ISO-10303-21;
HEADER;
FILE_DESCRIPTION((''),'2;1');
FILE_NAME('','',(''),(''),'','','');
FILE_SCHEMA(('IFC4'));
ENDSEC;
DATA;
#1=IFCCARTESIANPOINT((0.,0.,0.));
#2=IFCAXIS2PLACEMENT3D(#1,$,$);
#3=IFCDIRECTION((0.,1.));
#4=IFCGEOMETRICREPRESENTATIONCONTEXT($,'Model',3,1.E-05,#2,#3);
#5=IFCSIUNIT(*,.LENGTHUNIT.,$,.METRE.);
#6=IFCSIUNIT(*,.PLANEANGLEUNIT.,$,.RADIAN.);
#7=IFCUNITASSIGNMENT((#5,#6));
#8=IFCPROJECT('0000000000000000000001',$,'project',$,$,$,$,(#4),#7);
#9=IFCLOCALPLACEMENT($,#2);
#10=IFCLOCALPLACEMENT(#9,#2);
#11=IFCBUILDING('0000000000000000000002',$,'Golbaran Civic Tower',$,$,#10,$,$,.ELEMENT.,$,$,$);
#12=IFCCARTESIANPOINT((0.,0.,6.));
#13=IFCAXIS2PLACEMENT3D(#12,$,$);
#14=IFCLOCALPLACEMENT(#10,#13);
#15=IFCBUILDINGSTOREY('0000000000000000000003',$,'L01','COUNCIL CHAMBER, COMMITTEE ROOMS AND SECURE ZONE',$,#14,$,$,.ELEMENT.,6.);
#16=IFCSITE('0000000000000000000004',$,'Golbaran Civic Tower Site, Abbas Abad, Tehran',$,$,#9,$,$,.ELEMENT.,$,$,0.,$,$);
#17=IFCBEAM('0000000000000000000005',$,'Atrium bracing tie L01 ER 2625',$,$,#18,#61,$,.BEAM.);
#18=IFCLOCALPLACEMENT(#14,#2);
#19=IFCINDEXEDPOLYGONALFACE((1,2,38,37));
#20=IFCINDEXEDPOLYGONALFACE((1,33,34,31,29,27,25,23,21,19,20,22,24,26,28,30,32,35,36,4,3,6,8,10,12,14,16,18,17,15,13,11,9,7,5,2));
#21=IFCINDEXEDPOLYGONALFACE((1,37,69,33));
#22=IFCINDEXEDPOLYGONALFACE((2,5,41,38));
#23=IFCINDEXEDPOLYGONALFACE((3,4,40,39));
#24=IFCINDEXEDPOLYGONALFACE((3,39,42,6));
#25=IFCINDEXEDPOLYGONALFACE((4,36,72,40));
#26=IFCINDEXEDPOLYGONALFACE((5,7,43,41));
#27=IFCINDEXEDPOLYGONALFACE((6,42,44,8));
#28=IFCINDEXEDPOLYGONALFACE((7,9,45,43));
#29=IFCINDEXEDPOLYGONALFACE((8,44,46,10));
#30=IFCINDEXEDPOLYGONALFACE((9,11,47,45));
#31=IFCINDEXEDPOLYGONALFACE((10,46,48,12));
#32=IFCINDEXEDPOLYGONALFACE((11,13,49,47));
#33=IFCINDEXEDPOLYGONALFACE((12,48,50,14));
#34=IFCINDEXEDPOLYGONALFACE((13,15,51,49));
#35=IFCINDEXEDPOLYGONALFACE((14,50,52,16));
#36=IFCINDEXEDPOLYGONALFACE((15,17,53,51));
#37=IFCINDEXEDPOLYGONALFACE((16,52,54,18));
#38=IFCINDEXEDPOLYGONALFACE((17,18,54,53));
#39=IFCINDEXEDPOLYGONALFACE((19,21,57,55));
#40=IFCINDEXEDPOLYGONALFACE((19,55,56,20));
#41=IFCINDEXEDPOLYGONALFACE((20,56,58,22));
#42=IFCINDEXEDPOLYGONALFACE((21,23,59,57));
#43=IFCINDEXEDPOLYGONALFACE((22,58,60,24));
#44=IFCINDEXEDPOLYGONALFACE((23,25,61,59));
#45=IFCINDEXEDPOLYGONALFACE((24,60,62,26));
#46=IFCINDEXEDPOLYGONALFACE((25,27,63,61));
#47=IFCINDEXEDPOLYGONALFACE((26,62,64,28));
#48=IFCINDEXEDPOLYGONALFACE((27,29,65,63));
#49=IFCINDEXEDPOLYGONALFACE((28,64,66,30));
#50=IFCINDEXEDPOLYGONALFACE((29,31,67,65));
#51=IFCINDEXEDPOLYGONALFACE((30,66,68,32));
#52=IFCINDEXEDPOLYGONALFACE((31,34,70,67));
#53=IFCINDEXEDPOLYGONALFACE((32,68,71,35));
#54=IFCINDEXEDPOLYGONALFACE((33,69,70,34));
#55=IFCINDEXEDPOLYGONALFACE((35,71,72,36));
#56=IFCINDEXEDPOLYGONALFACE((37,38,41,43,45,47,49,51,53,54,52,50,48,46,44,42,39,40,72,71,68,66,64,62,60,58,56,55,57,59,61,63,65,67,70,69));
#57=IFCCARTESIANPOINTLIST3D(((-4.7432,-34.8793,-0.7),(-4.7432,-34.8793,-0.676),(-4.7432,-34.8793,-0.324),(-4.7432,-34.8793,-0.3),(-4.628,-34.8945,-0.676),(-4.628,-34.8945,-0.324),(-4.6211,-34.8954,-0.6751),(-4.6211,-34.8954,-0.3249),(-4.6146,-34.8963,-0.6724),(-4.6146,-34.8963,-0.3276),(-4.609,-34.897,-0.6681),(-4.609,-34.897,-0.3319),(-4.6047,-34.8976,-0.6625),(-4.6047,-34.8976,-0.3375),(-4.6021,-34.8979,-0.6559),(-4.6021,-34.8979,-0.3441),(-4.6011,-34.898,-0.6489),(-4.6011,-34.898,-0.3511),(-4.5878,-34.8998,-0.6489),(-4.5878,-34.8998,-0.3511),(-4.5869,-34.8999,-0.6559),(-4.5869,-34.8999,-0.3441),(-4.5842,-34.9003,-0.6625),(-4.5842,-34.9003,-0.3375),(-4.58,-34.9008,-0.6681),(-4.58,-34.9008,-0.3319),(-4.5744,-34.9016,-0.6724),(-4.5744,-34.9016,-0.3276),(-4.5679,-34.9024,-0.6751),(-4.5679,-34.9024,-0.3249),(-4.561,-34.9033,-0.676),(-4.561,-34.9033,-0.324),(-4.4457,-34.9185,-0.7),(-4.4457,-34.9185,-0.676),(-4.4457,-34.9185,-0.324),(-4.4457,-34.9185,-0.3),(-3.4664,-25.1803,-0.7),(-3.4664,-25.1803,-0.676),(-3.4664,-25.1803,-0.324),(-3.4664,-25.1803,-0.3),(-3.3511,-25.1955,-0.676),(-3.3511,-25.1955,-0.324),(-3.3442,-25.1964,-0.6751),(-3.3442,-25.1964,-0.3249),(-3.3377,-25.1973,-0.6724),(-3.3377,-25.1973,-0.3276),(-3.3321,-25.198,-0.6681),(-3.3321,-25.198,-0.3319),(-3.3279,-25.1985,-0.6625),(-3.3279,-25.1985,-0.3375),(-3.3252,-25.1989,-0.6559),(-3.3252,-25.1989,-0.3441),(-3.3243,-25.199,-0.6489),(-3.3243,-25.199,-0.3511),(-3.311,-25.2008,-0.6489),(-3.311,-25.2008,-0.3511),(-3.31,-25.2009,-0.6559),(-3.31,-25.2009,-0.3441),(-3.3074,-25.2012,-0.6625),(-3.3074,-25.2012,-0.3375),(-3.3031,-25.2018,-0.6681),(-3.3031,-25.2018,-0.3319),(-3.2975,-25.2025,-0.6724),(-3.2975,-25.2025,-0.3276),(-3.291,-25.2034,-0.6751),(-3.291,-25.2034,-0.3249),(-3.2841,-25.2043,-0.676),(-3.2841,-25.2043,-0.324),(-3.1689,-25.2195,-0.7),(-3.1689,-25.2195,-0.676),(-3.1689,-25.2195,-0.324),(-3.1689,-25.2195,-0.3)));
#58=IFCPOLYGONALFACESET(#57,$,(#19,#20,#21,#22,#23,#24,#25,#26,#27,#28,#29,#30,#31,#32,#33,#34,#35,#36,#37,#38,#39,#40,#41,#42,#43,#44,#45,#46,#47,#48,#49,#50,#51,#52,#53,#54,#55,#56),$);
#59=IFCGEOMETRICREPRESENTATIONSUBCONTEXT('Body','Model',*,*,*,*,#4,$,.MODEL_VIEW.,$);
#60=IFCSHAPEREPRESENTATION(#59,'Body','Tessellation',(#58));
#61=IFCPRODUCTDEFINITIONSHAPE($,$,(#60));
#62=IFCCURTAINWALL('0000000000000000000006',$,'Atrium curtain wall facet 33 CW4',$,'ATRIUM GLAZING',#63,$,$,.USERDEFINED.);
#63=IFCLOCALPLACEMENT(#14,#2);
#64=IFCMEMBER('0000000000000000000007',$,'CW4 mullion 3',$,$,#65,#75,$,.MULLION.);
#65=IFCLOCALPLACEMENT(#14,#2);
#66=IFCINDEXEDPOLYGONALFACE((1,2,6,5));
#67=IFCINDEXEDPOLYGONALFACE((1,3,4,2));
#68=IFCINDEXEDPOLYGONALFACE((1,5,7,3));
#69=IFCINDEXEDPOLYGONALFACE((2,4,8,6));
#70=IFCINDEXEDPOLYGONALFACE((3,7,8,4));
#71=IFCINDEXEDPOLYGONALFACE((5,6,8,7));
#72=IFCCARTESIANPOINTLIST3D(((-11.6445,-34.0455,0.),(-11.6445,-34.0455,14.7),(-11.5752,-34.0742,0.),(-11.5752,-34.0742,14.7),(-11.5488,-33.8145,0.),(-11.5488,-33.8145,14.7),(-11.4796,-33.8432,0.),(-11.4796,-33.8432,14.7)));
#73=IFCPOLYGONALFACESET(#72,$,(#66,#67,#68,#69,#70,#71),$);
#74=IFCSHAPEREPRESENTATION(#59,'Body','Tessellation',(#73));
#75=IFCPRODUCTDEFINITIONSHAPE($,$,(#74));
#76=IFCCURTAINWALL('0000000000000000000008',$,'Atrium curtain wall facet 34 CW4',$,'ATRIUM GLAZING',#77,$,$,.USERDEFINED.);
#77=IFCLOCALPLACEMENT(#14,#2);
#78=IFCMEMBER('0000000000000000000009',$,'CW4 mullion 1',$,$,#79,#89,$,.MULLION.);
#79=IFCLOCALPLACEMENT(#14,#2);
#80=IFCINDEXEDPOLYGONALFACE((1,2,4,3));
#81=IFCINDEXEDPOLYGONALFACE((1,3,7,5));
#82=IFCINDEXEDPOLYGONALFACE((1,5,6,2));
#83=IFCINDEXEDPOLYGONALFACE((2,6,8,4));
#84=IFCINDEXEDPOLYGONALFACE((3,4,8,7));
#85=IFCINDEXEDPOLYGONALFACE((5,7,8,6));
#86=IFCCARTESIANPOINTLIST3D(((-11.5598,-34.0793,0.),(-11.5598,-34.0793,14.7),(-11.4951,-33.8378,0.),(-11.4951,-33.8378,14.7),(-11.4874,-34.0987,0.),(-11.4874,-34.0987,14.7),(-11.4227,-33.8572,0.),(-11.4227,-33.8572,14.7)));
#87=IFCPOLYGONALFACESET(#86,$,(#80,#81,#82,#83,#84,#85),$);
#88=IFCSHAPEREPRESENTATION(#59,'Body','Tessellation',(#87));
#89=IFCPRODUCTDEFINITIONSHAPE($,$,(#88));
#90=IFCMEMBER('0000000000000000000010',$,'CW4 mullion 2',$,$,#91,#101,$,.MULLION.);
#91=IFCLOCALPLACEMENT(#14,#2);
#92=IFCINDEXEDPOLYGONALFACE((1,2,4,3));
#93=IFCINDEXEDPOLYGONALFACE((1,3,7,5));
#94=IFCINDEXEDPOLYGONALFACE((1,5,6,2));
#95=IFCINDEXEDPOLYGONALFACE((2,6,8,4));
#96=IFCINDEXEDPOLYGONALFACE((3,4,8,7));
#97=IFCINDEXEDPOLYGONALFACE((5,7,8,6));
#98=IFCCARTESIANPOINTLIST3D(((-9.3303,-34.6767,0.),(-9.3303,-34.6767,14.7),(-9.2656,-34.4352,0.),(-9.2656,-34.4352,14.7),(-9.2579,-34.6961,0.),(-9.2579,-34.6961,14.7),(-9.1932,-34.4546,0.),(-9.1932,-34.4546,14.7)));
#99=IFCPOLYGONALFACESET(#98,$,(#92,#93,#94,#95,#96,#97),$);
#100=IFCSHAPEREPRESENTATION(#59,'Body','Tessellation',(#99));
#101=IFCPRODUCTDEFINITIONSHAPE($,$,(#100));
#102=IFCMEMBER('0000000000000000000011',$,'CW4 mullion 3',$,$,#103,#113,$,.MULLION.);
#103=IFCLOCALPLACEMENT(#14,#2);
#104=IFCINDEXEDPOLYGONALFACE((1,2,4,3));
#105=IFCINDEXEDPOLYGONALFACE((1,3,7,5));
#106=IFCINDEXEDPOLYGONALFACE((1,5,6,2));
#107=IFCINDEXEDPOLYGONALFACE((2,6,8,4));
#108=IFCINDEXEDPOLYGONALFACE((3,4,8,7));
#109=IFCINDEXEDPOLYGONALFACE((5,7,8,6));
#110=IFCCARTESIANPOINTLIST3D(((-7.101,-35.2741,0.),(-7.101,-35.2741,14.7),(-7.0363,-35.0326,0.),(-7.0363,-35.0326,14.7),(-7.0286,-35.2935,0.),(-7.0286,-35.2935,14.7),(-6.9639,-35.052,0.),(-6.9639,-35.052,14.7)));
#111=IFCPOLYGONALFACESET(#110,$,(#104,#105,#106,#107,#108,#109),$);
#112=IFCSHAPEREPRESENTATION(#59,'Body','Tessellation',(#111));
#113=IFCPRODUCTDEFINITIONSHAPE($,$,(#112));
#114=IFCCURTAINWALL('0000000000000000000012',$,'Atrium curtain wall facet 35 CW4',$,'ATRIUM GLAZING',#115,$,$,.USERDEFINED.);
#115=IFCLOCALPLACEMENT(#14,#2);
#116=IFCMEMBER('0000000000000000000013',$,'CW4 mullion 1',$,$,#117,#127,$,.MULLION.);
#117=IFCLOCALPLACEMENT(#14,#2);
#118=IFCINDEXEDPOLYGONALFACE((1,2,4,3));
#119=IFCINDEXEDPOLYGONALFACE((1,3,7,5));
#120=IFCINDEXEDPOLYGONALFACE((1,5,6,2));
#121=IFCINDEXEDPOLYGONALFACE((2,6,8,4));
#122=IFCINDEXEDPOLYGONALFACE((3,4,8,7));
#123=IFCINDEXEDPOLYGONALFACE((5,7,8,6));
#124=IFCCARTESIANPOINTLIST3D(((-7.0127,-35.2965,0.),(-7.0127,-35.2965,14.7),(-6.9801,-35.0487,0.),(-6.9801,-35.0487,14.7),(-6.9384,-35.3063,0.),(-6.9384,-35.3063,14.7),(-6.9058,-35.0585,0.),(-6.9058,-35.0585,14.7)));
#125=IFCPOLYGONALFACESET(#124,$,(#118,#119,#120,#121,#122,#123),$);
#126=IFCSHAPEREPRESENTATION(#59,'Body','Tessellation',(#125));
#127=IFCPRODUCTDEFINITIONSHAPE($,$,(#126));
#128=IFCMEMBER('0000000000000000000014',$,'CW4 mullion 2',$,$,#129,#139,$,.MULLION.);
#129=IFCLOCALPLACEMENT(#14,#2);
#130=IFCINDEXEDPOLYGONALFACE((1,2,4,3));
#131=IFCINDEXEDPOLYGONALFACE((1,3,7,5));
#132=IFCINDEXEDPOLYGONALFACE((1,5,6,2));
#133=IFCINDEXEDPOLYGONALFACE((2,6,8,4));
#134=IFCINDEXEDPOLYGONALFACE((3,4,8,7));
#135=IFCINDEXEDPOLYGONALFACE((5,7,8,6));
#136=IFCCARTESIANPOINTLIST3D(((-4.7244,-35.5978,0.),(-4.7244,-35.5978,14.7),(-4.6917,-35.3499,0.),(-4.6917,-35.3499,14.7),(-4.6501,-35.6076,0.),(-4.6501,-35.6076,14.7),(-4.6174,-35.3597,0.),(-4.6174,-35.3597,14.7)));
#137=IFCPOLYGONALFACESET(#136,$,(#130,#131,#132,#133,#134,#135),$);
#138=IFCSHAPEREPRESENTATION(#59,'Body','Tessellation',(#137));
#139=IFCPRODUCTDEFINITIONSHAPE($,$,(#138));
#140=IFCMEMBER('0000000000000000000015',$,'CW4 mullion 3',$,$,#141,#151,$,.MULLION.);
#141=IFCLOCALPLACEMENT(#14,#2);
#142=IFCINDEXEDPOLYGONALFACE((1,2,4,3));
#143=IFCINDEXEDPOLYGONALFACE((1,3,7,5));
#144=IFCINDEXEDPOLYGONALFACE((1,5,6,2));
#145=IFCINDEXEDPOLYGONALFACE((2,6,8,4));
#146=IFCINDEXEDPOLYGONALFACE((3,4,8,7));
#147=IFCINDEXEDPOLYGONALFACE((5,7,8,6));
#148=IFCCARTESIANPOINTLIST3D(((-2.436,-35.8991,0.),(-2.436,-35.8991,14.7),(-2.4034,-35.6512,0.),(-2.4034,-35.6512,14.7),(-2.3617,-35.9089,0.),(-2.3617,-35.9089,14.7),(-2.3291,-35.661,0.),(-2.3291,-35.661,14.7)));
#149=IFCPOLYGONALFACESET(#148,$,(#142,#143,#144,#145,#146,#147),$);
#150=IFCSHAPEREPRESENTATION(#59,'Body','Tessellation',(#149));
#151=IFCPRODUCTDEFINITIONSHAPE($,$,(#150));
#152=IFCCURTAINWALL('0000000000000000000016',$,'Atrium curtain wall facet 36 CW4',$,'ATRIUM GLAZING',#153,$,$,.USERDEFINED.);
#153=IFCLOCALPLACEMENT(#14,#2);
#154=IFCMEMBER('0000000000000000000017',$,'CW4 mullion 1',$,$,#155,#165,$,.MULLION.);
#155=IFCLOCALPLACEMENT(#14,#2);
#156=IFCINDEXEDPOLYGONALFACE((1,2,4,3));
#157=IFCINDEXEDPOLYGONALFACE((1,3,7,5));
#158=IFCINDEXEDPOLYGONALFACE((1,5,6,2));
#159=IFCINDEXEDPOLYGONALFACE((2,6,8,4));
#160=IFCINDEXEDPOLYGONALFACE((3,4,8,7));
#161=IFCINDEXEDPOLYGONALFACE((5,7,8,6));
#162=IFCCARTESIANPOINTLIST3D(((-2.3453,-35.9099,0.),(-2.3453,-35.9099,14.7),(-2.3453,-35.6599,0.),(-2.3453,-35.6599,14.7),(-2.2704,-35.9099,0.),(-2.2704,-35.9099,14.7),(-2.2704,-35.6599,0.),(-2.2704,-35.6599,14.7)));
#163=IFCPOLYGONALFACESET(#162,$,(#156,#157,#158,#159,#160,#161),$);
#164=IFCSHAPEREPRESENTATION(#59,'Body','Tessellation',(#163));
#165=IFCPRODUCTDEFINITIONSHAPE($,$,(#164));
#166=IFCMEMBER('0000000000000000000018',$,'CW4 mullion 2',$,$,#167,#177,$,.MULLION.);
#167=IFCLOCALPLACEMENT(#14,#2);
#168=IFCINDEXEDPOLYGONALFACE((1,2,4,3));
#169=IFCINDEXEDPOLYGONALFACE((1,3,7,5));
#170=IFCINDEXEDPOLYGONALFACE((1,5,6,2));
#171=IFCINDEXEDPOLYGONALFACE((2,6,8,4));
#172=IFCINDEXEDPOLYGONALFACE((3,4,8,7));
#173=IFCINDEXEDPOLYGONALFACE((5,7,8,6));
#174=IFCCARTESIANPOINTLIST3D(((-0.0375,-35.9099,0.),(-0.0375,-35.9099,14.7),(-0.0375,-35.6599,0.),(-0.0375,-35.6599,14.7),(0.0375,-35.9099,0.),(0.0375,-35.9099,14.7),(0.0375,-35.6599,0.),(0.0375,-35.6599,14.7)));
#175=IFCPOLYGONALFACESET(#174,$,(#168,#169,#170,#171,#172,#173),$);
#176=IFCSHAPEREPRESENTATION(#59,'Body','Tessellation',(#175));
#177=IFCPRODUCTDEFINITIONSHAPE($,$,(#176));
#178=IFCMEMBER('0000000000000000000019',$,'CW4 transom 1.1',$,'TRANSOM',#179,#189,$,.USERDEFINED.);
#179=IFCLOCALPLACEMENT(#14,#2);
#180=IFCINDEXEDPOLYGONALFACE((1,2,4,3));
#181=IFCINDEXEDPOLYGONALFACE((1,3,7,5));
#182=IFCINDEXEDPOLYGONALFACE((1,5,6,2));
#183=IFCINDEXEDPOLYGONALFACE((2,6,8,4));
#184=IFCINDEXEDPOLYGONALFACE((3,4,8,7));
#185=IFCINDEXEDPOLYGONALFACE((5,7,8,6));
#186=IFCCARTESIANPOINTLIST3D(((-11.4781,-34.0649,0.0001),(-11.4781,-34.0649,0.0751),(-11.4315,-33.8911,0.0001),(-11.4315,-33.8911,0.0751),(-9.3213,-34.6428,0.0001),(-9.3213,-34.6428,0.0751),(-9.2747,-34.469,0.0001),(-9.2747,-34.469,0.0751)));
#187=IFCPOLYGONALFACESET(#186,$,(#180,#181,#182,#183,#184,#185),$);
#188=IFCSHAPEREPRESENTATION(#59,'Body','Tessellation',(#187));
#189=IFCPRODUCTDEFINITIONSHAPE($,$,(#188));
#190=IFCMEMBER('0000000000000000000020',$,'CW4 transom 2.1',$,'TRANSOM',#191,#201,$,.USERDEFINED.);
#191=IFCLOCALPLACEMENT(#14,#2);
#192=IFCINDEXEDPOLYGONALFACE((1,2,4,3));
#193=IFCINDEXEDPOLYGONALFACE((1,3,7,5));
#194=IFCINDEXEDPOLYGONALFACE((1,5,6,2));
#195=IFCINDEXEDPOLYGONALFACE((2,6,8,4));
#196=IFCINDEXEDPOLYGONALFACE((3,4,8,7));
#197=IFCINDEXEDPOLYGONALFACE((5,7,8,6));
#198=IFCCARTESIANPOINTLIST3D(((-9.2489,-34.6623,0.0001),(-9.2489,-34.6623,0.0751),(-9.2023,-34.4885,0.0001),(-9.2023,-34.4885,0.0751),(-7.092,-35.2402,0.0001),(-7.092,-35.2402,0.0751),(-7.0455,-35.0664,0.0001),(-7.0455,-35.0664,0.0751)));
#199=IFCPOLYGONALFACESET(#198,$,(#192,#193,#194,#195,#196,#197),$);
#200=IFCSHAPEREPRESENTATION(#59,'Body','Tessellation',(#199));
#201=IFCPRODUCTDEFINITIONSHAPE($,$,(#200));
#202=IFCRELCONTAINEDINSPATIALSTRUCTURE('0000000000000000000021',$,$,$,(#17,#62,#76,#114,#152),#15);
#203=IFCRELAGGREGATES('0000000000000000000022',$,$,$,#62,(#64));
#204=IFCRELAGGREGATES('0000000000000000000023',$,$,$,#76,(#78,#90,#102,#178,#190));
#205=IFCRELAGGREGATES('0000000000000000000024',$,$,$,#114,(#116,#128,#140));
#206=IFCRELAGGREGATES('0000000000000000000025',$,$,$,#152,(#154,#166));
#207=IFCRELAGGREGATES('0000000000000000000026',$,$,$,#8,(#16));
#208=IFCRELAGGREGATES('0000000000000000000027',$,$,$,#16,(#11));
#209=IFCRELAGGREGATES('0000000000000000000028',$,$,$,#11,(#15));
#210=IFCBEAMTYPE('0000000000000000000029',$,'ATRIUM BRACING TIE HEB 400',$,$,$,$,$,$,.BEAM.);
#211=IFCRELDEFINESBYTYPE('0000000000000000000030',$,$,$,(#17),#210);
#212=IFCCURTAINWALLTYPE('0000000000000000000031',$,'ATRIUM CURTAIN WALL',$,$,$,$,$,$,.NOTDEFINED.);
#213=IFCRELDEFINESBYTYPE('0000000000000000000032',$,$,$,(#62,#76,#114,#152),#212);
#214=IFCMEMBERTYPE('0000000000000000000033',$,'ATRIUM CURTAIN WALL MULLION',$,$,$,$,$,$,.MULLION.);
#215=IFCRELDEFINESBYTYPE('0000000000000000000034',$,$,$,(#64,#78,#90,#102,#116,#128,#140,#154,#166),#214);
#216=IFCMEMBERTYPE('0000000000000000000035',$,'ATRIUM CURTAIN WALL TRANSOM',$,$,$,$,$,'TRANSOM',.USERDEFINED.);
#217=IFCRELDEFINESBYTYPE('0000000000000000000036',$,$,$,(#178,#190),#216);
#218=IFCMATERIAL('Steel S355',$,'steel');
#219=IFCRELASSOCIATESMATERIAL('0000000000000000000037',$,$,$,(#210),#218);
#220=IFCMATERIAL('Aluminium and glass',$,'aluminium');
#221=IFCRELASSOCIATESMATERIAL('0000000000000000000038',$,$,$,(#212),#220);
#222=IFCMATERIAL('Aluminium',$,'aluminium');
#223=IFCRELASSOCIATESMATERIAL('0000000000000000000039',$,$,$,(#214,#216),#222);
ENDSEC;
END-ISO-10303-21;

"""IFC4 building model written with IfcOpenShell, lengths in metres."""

from ifc_helpers import new_model, si_unit, direction, frame, origin, origin_2d, place, context, subcontext, project, spatial, rectangle, i_section, extrude, material, material_profile, profile_set, type_object, element, aggregate, save


model = new_model("IFC4")

# Units and contexts
model_context = context("Model", 3, precision=1e-05, world=origin(), true_north=direction((0.0, 1.0)))
body_context = subcontext(model_context, "Body", "Model", "MODEL_VIEW")
ifc_project = project(units=[si_unit("LENGTHUNIT", "METRE"), si_unit("PLANEANGLEUNIT", "RADIAN")], contexts=[model_context])

# Site, building, storey
site_placement = place(None, origin())
site = spatial("IfcSite", under=ifc_project, at=site_placement, Name="Golbaran Civic Tower Site, Abbas Abad, Tehran", CompositionType="ELEMENT", RefElevation=0.0)
building_placement = place(site_placement, origin())
building = spatial("IfcBuilding", under=site, at=building_placement, Name="Golbaran Civic Tower", CompositionType="ELEMENT")
storey_placement = place(building_placement, frame((0.0, 0.0, 6.0)))
storey = spatial("IfcBuildingStorey", under=building, at=storey_placement, Name="L01", Description="COUNCIL CHAMBER, COMMITTEE ROOMS AND SECURE ZONE", CompositionType="ELEMENT", Elevation=6.0)

# Beam
ifc_material_1 = material(Name="Steel S355", Category="steel")
ifc_material_profile_1 = material_profile(ifc_material_1, i_section(OverallWidth=0.3, OverallDepth=0.3999, WebThickness=0.0134, FlangeThickness=0.0239, FilletRadius=0.0271, at=origin_2d()), Name="HEB 400")
ifc_profile_set_1 = profile_set([ifc_material_profile_1], Name="Steel S355")
beam_type = type_object("IfcBeamType", Name="ATRIUM BRACING TIE HEB 400", PredefinedType="BEAM", material=ifc_profile_set_1)
beam_1_placement = place(storey_placement, frame((-4.5945, -34.8989, -0.5), z_axis=(0.130522, 0.991445, 0.0), x_axis=(-0.991445, 0.130522, 0.0)))
element("IfcBeam", 1, at=beam_1_placement, inside=storey, type_object=beam_type, Name="Atrium bracing tie L01 ER 2625", PredefinedType="BEAM", context=body_context, shape_type="SweptSolid", body=[
    extrude(i_section(OverallWidth=0.3, OverallDepth=0.3999, WebThickness=0.0134, FlangeThickness=0.0239, FilletRadius=0.0271, at=origin_2d()), origin(), (0.0, 0.0, 1.0), 9.7827),
])

# Curtain wall, member
ifc_material_2 = material(Name="Aluminium and glass", Category="aluminium")
curtain_wall_type = type_object("IfcCurtainWallType", Name="ATRIUM CURTAIN WALL", PredefinedType="NOTDEFINED", material=ifc_material_2)
curtain_wall_1_placement = place(storey_placement, origin())
curtain_wall_1 = element("IfcCurtainWall", 2, at=curtain_wall_1_placement, inside=storey, type_object=curtain_wall_type, Name="Atrium curtain wall facet 33 CW4", ObjectType="ATRIUM GLAZING", PredefinedType="USERDEFINED")
ifc_material_3 = material(Name="Aluminium", Category="aluminium")
ifc_material_profile_2 = material_profile(ifc_material_3, rectangle(XDim=0.25, YDim=0.075, at=origin_2d()), Name="ATRIUM CURTAIN WALL MULLION")
ifc_profile_set_2 = profile_set([ifc_material_profile_2], Name="Aluminium")
member_type_1 = type_object("IfcMemberType", Name="ATRIUM CURTAIN WALL MULLION", PredefinedType="MULLION", material=ifc_profile_set_2)
member_1_placement = place(storey_placement, frame((-11.562, -33.9443, 0.0), z_axis=(0.0, 0.0, 1.0), x_axis=(0.382683, 0.92388, 0.0)))
member_1 = element("IfcMember", 3, at=member_1_placement, type_object=member_type_1, Name="CW4 mullion 3", PredefinedType="MULLION", context=body_context, shape_type="SweptSolid", body=[
    extrude(rectangle(XDim=0.25, YDim=0.075, at=origin_2d()), origin(), (0.0, 0.0, 1.0), 14.7),
])
aggregate(curtain_wall_1, [member_1])

# Curtain walls, members
curtain_wall_2_placement = place(storey_placement, origin())
curtain_wall_2 = element("IfcCurtainWall", 4, at=curtain_wall_2_placement, inside=storey, type_object=curtain_wall_type, Name="Atrium curtain wall facet 34 CW4", ObjectType="ATRIUM GLAZING", PredefinedType="USERDEFINED")
member_2_placement = place(storey_placement, frame((-11.4912, -33.9683, 0.0), z_axis=(0.0, 0.0, 1.0), x_axis=(0.258819, 0.965926, 0.0)))
member_2 = element("IfcMember", 5, at=member_2_placement, type_object=member_type_1, Name="CW4 mullion 1", PredefinedType="MULLION", context=body_context, shape_type="SweptSolid", body=[
    extrude(rectangle(XDim=0.25, YDim=0.075, at=origin_2d()), origin(), (0.0, 0.0, 1.0), 14.7),
])
member_3_placement = place(storey_placement, frame((-9.2617, -34.5657, 0.0), z_axis=(0.0, 0.0, 1.0), x_axis=(0.258819, 0.965926, 0.0)))
member_3 = element("IfcMember", 6, at=member_3_placement, type_object=member_type_1, Name="CW4 mullion 2", PredefinedType="MULLION", context=body_context, shape_type="SweptSolid", body=[
    extrude(rectangle(XDim=0.25, YDim=0.075, at=origin_2d()), origin(), (0.0, 0.0, 1.0), 14.7),
])
member_4_placement = place(storey_placement, frame((-7.0325, -35.1631, 0.0), z_axis=(0.0, 0.0, 1.0), x_axis=(0.258819, 0.965926, 0.0)))
member_4 = element("IfcMember", 7, at=member_4_placement, type_object=member_type_1, Name="CW4 mullion 3", PredefinedType="MULLION", context=body_context, shape_type="SweptSolid", body=[
    extrude(rectangle(XDim=0.25, YDim=0.075, at=origin_2d()), origin(), (0.0, 0.0, 1.0), 14.7),
])
curtain_wall_3_placement = place(storey_placement, origin())
curtain_wall_3 = element("IfcCurtainWall", 8, at=curtain_wall_3_placement, inside=storey, type_object=curtain_wall_type, Name="Atrium curtain wall facet 35 CW4", ObjectType="ATRIUM GLAZING", PredefinedType="USERDEFINED")
member_5_placement = place(storey_placement, frame((-6.9592, -35.1775, 0.0), z_axis=(0.0, 0.0, 1.0), x_axis=(0.130526, 0.991445, 0.0)))
member_5 = element("IfcMember", 9, at=member_5_placement, type_object=member_type_1, Name="CW4 mullion 1", PredefinedType="MULLION", context=body_context, shape_type="SweptSolid", body=[
    extrude(rectangle(XDim=0.25, YDim=0.075, at=origin_2d()), origin(), (0.0, 0.0, 1.0), 14.7),
])
member_6_placement = place(storey_placement, frame((-4.6709, -35.4788, 0.0), z_axis=(0.0, 0.0, 1.0), x_axis=(0.130526, 0.991445, 0.0)))
member_6 = element("IfcMember", 10, at=member_6_placement, type_object=member_type_1, Name="CW4 mullion 2", PredefinedType="MULLION", context=body_context, shape_type="SweptSolid", body=[
    extrude(rectangle(XDim=0.25, YDim=0.075, at=origin_2d()), origin(), (0.0, 0.0, 1.0), 14.7),
])
member_7_placement = place(storey_placement, frame((-2.3826, -35.78, 0.0), z_axis=(0.0, 0.0, 1.0), x_axis=(0.130526, 0.991445, 0.0)))
member_7 = element("IfcMember", 11, at=member_7_placement, type_object=member_type_1, Name="CW4 mullion 3", PredefinedType="MULLION", context=body_context, shape_type="SweptSolid", body=[
    extrude(rectangle(XDim=0.25, YDim=0.075, at=origin_2d()), origin(), (0.0, 0.0, 1.0), 14.7),
])
curtain_wall_4_placement = place(storey_placement, origin())
curtain_wall_4 = element("IfcCurtainWall", 12, at=curtain_wall_4_placement, inside=storey, type_object=curtain_wall_type, Name="Atrium curtain wall facet 36 CW4", ObjectType="ATRIUM GLAZING", PredefinedType="USERDEFINED")
member_8_placement = place(storey_placement, frame((-2.3079, -35.7849, 0.0), z_axis=(0.0, 0.0, 1.0), x_axis=(0.0, 1.0, 0.0)))
member_8 = element("IfcMember", 13, at=member_8_placement, type_object=member_type_1, Name="CW4 mullion 1", PredefinedType="MULLION", context=body_context, shape_type="SweptSolid", body=[
    extrude(rectangle(XDim=0.25, YDim=0.075, at=origin_2d()), origin(), (0.0, 0.0, 1.0), 14.7),
])
member_9_placement = place(storey_placement, frame((0.0, -35.7849, 0.0), z_axis=(0.0, 0.0, 1.0), x_axis=(0.0, 1.0, 0.0)))
member_9 = element("IfcMember", 14, at=member_9_placement, type_object=member_type_1, Name="CW4 mullion 2", PredefinedType="MULLION", context=body_context, shape_type="SweptSolid", body=[
    extrude(rectangle(XDim=0.25, YDim=0.075, at=origin_2d()), origin(), (0.0, 0.0, 1.0), 14.7),
])

# Members
ifc_material_profile_3 = material_profile(ifc_material_3, rectangle(XDim=0.1799, YDim=0.075, at=origin_2d()), Name="ATRIUM CURTAIN WALL TRANSOM")
ifc_profile_set_3 = profile_set([ifc_material_profile_3], Name="Aluminium")
member_type_2 = type_object("IfcMemberType", Name="ATRIUM CURTAIN WALL TRANSOM", ElementType="TRANSOM", PredefinedType="USERDEFINED", material=ifc_profile_set_3)
member_10_placement = place(storey_placement, frame((-11.4548, -33.978, 0.0376), z_axis=(0.965928, -0.258813, 0.0), x_axis=(0.258813, 0.965928, 0.0)))
member_10 = element("IfcMember", 15, at=member_10_placement, type_object=member_type_2, Name="CW4 transom 1.1", ObjectType="TRANSOM", PredefinedType="USERDEFINED", context=body_context, shape_type="SweptSolid", body=[
    extrude(rectangle(XDim=0.1799, YDim=0.075, at=origin_2d()), origin(), (0.0, 0.0, 1.0), 2.2329),
])
member_11_placement = place(storey_placement, frame((-9.2256, -34.5754, 0.0376), z_axis=(0.965928, -0.258813, 0.0), x_axis=(0.258813, 0.965928, 0.0)))
member_11 = element("IfcMember", 16, at=member_11_placement, type_object=member_type_2, Name="CW4 transom 2.1", ObjectType="TRANSOM", PredefinedType="USERDEFINED", context=body_context, shape_type="SweptSolid", body=[
    extrude(rectangle(XDim=0.1799, YDim=0.075, at=origin_2d()), origin(), (0.0, 0.0, 1.0), 2.2329),
])
aggregate(curtain_wall_2, [member_2, member_3, member_4, member_10, member_11])
aggregate(curtain_wall_3, [member_5, member_6, member_7])
aggregate(curtain_wall_4, [member_8, member_9])

save(model, "model.ifc")
